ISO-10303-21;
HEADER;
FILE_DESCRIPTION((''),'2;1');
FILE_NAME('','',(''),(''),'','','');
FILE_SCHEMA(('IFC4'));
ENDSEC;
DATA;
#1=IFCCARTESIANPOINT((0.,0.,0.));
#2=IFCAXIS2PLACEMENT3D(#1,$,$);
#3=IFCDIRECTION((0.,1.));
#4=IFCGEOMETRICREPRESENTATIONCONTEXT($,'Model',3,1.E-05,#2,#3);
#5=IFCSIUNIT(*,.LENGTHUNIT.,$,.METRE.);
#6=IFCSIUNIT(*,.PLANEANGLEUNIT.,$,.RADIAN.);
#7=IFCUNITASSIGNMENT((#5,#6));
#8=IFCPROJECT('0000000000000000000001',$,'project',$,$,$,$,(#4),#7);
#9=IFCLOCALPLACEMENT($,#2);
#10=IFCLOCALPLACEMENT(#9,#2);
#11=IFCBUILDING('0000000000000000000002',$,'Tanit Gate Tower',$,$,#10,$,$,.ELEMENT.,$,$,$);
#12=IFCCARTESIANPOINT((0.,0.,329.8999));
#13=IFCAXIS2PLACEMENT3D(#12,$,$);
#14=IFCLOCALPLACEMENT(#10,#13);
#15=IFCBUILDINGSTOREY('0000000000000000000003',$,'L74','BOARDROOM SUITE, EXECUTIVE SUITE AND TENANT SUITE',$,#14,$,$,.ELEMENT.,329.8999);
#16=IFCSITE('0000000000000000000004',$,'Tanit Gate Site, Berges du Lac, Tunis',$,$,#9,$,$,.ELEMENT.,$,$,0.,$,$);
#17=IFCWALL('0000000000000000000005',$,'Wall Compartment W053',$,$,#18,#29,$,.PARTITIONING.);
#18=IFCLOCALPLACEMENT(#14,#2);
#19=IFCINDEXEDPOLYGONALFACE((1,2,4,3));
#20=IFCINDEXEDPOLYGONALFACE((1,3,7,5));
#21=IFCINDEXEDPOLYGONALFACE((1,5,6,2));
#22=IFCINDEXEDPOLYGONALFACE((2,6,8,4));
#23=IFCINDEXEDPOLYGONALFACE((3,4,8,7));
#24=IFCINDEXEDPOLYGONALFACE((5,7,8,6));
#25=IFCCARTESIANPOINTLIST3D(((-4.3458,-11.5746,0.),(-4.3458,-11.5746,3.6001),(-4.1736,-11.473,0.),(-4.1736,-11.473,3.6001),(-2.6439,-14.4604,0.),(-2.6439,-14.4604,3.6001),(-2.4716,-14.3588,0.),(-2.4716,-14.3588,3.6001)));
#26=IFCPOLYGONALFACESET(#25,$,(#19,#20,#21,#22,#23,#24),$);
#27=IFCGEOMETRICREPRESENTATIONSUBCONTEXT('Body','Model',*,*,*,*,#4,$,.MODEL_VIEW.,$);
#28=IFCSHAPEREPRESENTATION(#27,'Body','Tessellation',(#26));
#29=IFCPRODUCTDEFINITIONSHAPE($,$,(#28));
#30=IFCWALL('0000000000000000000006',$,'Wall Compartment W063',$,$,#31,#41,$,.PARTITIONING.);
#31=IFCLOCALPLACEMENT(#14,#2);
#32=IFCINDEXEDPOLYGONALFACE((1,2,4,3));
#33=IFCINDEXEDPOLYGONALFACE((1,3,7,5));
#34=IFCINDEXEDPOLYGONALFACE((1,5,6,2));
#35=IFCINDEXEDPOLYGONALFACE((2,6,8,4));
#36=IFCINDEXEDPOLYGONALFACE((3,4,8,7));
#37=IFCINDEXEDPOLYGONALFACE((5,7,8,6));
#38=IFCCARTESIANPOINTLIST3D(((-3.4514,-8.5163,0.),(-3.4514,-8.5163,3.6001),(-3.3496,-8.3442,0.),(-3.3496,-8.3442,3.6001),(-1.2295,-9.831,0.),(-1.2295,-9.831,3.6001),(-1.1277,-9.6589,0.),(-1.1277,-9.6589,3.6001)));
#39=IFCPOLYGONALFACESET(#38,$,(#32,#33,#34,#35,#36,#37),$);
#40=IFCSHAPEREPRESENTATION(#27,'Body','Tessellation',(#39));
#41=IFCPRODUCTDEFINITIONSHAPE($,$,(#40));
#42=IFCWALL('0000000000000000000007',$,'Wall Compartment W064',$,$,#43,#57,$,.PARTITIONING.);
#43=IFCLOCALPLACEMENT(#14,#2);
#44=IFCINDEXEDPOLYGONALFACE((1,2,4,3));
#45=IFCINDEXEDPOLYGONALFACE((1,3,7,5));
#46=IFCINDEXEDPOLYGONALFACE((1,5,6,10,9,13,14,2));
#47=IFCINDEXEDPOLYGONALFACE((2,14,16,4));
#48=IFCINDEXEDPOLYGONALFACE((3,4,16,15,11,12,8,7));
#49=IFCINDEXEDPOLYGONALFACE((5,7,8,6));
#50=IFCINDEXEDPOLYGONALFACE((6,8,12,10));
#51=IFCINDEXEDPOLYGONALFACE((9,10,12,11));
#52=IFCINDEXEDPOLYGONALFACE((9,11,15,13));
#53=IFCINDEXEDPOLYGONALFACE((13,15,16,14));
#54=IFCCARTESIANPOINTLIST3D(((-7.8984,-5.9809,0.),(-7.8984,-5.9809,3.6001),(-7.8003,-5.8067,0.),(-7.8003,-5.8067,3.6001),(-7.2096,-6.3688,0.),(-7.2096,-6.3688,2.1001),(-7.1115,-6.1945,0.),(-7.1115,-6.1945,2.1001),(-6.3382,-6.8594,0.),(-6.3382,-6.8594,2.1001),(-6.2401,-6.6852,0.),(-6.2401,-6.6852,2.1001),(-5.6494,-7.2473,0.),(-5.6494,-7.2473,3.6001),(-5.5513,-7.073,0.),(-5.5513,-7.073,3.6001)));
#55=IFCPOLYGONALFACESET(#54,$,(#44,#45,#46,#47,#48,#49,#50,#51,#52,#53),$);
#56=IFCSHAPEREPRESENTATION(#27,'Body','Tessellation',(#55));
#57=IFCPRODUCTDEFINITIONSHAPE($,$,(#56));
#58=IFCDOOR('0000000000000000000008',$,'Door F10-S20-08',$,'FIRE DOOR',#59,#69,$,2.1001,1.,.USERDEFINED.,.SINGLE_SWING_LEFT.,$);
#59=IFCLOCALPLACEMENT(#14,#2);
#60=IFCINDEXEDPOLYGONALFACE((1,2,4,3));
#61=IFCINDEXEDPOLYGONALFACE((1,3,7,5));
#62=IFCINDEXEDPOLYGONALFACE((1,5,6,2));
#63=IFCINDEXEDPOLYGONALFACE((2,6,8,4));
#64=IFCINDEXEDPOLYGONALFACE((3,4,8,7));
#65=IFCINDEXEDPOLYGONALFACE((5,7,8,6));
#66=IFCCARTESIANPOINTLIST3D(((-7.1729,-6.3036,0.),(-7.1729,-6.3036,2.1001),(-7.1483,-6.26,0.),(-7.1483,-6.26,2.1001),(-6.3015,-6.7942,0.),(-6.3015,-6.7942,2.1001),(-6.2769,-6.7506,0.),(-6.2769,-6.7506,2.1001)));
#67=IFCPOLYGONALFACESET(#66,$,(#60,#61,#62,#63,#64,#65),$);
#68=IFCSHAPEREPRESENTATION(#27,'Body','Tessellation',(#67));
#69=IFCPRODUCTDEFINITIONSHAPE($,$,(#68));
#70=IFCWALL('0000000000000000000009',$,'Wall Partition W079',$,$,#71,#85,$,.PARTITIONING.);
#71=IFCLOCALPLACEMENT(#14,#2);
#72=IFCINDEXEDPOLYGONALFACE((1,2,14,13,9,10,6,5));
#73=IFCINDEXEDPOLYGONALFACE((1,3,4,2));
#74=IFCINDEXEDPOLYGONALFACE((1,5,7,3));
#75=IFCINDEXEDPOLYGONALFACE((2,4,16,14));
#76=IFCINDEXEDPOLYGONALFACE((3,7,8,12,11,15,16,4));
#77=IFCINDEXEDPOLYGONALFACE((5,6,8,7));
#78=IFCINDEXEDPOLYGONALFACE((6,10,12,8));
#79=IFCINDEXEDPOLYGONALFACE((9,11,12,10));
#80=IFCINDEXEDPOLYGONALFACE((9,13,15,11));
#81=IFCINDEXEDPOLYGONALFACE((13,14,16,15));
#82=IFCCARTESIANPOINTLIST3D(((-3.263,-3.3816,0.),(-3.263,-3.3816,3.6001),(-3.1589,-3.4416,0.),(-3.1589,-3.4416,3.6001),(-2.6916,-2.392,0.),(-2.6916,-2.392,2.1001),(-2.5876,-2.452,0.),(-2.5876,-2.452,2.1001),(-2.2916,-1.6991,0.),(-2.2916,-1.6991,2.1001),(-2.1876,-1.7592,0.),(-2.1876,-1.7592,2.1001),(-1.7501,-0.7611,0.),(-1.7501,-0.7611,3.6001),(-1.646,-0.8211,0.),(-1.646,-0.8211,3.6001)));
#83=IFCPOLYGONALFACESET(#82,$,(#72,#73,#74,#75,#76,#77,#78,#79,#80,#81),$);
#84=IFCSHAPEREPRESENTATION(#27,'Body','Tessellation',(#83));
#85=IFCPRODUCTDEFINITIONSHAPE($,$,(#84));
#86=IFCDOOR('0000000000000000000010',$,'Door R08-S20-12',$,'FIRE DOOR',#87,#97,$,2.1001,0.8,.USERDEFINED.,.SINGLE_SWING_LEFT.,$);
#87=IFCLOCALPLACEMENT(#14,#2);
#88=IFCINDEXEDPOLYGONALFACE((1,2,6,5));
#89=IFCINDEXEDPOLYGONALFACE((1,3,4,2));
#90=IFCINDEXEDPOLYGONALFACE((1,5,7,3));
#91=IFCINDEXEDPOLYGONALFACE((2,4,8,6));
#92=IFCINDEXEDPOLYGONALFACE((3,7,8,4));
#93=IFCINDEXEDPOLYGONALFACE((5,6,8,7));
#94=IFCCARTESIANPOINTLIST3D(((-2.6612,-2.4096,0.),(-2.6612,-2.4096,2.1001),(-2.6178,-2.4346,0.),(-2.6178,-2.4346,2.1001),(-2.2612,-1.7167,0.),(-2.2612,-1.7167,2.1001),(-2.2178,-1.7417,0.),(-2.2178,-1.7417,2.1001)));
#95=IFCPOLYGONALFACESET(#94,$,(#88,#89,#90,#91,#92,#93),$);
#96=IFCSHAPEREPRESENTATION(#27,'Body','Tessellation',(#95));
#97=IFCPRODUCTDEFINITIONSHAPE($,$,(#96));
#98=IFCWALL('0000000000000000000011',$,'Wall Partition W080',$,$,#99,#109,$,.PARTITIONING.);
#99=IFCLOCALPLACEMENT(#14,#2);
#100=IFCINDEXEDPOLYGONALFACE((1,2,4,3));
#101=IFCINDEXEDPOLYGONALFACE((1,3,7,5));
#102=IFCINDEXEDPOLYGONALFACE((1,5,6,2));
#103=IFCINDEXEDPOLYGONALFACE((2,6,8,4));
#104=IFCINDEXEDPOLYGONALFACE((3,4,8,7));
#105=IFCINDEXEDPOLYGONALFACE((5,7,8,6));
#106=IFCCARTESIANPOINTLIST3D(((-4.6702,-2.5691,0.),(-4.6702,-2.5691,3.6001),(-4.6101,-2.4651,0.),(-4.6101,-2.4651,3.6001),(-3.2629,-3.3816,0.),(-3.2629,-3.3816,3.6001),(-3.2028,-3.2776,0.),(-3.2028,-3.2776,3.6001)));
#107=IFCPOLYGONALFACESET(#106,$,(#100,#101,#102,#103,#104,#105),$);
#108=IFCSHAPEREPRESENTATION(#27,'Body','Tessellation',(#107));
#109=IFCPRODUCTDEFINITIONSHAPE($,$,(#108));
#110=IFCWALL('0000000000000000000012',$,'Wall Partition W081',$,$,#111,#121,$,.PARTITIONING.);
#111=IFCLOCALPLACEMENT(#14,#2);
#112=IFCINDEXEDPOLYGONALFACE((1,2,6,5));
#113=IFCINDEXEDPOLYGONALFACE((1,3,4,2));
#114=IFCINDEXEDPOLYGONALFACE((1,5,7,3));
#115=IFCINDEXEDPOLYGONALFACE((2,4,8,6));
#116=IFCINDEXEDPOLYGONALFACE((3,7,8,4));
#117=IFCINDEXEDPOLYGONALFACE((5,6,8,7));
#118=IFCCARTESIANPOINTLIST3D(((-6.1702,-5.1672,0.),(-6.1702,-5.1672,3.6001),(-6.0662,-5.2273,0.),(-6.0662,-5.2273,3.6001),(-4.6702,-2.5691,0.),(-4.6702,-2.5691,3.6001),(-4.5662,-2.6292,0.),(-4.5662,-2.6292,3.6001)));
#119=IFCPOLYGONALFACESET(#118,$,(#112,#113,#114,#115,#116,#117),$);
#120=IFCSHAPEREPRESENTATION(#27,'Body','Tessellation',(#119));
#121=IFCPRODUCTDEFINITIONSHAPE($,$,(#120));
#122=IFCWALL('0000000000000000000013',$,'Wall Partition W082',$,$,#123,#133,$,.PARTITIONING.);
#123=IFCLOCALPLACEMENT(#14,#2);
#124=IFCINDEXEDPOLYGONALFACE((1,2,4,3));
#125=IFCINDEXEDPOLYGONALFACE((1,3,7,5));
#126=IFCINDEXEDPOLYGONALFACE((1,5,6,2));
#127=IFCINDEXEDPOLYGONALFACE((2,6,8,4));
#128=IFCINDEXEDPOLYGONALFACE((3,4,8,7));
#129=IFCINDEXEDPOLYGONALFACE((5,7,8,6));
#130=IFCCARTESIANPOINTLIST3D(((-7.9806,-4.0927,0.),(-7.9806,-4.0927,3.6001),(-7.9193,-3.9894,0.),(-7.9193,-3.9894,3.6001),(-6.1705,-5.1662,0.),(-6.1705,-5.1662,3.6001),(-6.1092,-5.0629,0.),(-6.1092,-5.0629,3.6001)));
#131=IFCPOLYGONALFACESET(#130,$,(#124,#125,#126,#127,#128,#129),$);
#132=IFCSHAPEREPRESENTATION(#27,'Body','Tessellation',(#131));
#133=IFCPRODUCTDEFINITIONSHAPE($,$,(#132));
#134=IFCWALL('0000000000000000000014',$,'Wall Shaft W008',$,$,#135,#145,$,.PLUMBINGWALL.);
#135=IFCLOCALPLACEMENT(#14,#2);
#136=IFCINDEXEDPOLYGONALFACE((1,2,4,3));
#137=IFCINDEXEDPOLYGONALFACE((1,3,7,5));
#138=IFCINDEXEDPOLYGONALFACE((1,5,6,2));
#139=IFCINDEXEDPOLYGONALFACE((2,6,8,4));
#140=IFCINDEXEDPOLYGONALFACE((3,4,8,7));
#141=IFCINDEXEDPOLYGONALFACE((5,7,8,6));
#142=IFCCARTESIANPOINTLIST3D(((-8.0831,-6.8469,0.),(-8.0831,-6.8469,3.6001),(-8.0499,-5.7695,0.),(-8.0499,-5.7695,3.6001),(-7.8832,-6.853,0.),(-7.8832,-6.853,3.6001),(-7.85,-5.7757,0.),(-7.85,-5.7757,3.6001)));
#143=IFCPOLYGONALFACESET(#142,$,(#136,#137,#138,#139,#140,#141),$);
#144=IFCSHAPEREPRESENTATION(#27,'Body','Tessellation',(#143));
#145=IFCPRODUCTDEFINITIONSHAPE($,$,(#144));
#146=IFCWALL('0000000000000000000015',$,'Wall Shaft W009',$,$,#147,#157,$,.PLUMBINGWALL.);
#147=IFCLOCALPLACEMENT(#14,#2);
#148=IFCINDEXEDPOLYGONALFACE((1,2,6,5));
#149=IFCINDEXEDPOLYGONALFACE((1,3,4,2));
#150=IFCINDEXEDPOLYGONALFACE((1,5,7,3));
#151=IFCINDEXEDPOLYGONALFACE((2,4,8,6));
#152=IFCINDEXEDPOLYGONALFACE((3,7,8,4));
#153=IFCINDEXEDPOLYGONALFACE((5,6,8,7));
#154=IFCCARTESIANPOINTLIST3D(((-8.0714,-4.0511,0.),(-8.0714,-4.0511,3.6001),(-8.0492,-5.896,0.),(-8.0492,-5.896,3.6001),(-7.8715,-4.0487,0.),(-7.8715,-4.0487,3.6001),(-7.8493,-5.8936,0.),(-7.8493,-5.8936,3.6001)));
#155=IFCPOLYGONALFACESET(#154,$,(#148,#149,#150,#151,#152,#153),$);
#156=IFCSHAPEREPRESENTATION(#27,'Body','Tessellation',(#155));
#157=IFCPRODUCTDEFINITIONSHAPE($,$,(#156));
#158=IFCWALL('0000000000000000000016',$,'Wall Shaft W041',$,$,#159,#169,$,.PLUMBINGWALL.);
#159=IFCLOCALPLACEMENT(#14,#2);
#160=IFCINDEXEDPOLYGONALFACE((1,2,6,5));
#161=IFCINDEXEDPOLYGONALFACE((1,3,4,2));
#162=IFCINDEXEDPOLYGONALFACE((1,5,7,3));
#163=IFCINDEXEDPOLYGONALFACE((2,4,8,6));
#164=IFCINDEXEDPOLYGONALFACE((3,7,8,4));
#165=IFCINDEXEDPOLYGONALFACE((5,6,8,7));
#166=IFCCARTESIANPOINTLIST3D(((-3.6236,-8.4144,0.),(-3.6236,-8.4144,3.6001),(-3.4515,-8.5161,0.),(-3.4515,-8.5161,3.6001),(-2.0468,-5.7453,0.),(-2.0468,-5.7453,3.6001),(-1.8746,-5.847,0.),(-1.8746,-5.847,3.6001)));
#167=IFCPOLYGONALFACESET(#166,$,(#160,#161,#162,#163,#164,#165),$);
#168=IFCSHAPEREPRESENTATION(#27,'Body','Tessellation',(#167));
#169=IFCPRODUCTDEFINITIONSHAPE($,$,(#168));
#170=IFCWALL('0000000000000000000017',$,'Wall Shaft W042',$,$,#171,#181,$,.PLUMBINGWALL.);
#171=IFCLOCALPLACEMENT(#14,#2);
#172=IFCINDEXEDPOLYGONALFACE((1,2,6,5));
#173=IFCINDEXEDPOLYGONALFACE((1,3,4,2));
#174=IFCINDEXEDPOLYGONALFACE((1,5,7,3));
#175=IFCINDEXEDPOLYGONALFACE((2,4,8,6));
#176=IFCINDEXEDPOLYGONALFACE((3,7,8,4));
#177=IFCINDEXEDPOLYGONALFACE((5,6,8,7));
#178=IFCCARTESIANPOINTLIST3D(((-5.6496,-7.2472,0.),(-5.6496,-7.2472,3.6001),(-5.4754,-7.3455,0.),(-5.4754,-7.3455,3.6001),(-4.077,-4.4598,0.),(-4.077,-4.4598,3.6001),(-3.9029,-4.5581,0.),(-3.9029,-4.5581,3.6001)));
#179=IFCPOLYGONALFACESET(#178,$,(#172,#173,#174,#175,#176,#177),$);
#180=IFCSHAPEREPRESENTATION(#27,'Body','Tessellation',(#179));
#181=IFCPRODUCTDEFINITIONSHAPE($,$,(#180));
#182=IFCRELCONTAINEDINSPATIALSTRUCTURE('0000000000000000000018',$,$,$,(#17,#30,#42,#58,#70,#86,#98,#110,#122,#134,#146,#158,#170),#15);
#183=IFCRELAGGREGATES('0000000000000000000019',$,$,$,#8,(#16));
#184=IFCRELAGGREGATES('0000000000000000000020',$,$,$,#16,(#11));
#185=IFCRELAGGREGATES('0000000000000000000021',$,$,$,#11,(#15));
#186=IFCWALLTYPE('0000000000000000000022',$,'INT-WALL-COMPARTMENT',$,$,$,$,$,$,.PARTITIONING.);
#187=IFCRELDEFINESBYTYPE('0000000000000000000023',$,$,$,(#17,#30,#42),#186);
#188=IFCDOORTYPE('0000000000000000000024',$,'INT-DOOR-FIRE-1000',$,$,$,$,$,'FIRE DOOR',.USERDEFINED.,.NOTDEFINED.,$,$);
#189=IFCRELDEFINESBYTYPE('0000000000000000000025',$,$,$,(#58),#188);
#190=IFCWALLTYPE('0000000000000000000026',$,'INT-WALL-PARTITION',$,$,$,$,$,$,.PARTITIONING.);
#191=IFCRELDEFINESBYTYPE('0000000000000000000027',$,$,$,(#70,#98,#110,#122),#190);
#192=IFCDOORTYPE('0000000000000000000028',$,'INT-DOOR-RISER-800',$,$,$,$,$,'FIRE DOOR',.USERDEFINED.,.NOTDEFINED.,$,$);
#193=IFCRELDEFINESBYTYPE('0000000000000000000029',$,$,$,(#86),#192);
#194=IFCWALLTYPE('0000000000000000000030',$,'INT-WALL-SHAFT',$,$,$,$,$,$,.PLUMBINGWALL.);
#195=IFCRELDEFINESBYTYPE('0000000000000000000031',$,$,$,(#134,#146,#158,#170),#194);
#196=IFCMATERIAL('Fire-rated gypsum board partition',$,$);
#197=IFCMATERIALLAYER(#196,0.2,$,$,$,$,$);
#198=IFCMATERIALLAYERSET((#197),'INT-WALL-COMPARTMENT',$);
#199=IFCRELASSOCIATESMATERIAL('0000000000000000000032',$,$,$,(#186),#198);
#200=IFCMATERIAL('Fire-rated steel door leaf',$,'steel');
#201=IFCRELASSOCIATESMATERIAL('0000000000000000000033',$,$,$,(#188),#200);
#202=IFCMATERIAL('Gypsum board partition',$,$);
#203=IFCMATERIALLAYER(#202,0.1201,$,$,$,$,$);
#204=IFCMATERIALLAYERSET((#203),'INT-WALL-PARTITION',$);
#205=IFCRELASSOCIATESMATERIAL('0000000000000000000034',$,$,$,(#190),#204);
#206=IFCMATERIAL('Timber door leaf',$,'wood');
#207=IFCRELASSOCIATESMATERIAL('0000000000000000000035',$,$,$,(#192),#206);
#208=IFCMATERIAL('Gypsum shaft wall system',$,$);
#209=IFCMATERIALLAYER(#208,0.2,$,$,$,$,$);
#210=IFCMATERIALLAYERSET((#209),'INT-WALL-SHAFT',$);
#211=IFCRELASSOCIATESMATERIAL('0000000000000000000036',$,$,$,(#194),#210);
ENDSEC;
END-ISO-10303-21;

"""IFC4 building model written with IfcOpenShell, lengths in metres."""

from ifc_helpers import new_model, si_unit, direction, frame, frame_2d, origin, place, context, subcontext, project, spatial, rectangle, extrude, material, layer, layer_set, type_object, element, fill, save


model = new_model("IFC4")

# Units and contexts
model_context = context("Model", 3, precision=1e-05, world=origin(), true_north=direction((0.0, 1.0)))
body_context = subcontext(model_context, "Body", "Model", "MODEL_VIEW")
ifc_project = project(units=[si_unit("LENGTHUNIT", "METRE"), si_unit("PLANEANGLEUNIT", "RADIAN")], contexts=[model_context])

# Site, building, storey
site_placement = place(None, origin())
site = spatial("IfcSite", under=ifc_project, at=site_placement, Name="Tanit Gate Site, Berges du Lac, Tunis", CompositionType="ELEMENT", RefElevation=0.0)
building_placement = place(site_placement, origin())
building = spatial("IfcBuilding", under=site, at=building_placement, Name="Tanit Gate Tower", CompositionType="ELEMENT")
storey_placement = place(building_placement, frame((0.0, 0.0, 329.8999)))
storey = spatial("IfcBuildingStorey", under=building, at=storey_placement, Name="L74", Description="BOARDROOM SUITE, EXECUTIVE SUITE AND TENANT SUITE", CompositionType="ELEMENT", Elevation=329.8999)

# Walls
ifc_material_1 = material(Name="Fire-rated gypsum board partition")
ifc_layer_1 = layer(ifc_material_1, 0.2)
ifc_layer_set_1 = layer_set([ifc_layer_1], Name="INT-WALL-COMPARTMENT")
wall_type_1 = type_object("IfcWallType", Name="INT-WALL-COMPARTMENT", PredefinedType="PARTITIONING", material=ifc_layer_set_1)
wall_1_placement = place(storey_placement, frame((-4.2598, -11.5237, 0.0), z_axis=(0.0, 0.0, 1.0), x_axis=(0.507997, -0.861359, 0.0)))
element("IfcWall", 1, at=wall_1_placement, inside=storey, type_object=wall_type_1, Name="Wall Compartment W053", PredefinedType="PARTITIONING", context=body_context, shape_type="SweptSolid", body=[
    extrude(rectangle(XDim=3.3503, YDim=0.2, at=frame_2d((1.6753, 0.0))), origin(), (0.0, 0.0, 1.0), 3.6001),
])
wall_2_placement = place(storey_placement, frame((-3.4006, -8.4302, 0.0), z_axis=(0.0, 0.0, 1.0), x_axis=(0.860631, -0.509229, 0.0)))
element("IfcWall", 2, at=wall_2_placement, inside=storey, type_object=wall_type_1, Name="Wall Compartment W063", PredefinedType="PARTITIONING", context=body_context, shape_type="SweptSolid", body=[
    extrude(rectangle(XDim=2.5818, YDim=0.2, at=frame_2d((1.291, 0.0))), origin(), (0.0, 0.0, 1.0), 3.6001),
])

# Walls, openings, doors
wall_3_placement = place(storey_placement, frame((-7.8494, -5.8938, 0.0), z_axis=(0.0, 0.0, 1.0), x_axis=(0.871363, -0.490638, 0.0)))
wall_3 = element("IfcWall", 3, at=wall_3_placement, inside=storey, type_object=wall_type_1, Name="Wall Compartment W064", PredefinedType="PARTITIONING", context=body_context, shape_type="SweptSolid", body=[
    extrude(rectangle(XDim=2.5811, YDim=0.2, at=frame_2d((1.2905, 0.0))), origin(), (0.0, 0.0, 1.0), 3.6001),
])
opening_1_placement = place(wall_3_placement, frame((0.7905, 0.0, 0.0)))
opening_1 = element("IfcOpeningElement", 4, at=opening_1_placement, cuts=wall_3, PredefinedType="OPENING", context=body_context, shape_type="SweptSolid", body=[
    extrude(rectangle(XDim=1.0, YDim=2.1001, at=frame_2d((0.5, 1.05))), frame((0.0, 0.1099, 0.0), z_axis=(0.0, -1.0, 0.0), x_axis=(1.0, 0.0, 0.0)), (0.0, 0.0, 1.0), 0.22),
])
ifc_material_2 = material(Name="Fire-rated steel door leaf", Category="steel")
door_type_1 = type_object("IfcDoorType", Name="INT-DOOR-FIRE-1000", ElementType="FIRE DOOR", OperationType="NOTDEFINED", PredefinedType="USERDEFINED", material=ifc_material_2)
door_1_placement = place(opening_1_placement, origin())
door_1 = element("IfcDoor", 5, at=door_1_placement, inside=storey, type_object=door_type_1, Name="Door F10-S20-08", ObjectType="FIRE DOOR", OperationType="SINGLE_SWING_LEFT", OverallHeight=2.1001, OverallWidth=1.0, PredefinedType="USERDEFINED", context=body_context, shape_type="SweptSolid", body=[
    extrude(rectangle(XDim=1.0, YDim=2.1001, at=frame_2d((0.5, 1.05))), frame((0.0, 0.0249, 0.0), z_axis=(0.0, -1.0, 0.0), x_axis=(1.0, 0.0, 0.0)), (0.0, 0.0, 1.0), 0.05),
])
fill(opening_1, door_1)
ifc_material_3 = material(Name="Gypsum board partition")
ifc_layer_2 = layer(ifc_material_3, 0.1201)
ifc_layer_set_2 = layer_set([ifc_layer_2], Name="INT-WALL-PARTITION")
wall_type_2 = type_object("IfcWallType", Name="INT-WALL-PARTITION", PredefinedType="PARTITIONING", material=ifc_layer_set_2)
wall_4_placement = place(storey_placement, frame((-3.2109, -3.4116, 0.0), z_axis=(0.0, 0.0, 1.0), x_axis=(0.499983, 0.866035, 0.0)))
wall_4 = element("IfcWall", 6, at=wall_4_placement, inside=storey, type_object=wall_type_2, Name="Wall Partition W079", PredefinedType="PARTITIONING", context=body_context, shape_type="SweptSolid", body=[
    extrude(rectangle(XDim=3.0259, YDim=0.1201, at=frame_2d((1.5129, 0.0))), origin(), (0.0, 0.0, 1.0), 3.6001),
])
opening_2_placement = place(wall_4_placement, frame((1.1428, 0.0, 0.0)))
opening_2 = element("IfcOpeningElement", 7, at=opening_2_placement, cuts=wall_4, PredefinedType="OPENING", context=body_context, shape_type="SweptSolid", body=[
    extrude(rectangle(XDim=0.8, YDim=2.1001, at=frame_2d((0.3999, 1.05))), frame((0.0, 0.0701, 0.0), z_axis=(0.0, -1.0, 0.0), x_axis=(1.0, 0.0, 0.0)), (0.0, 0.0, 1.0), 0.1401),
])
ifc_material_4 = material(Name="Timber door leaf", Category="wood")
door_type_2 = type_object("IfcDoorType", Name="INT-DOOR-RISER-800", ElementType="FIRE DOOR", OperationType="NOTDEFINED", PredefinedType="USERDEFINED", material=ifc_material_4)
door_2_placement = place(opening_2_placement, origin())
door_2 = element("IfcDoor", 8, at=door_2_placement, inside=storey, type_object=door_type_2, Name="Door R08-S20-12", ObjectType="FIRE DOOR", OperationType="SINGLE_SWING_LEFT", OverallHeight=2.1001, OverallWidth=0.8, PredefinedType="USERDEFINED", context=body_context, shape_type="SweptSolid", body=[
    extrude(rectangle(XDim=0.8, YDim=2.1001, at=frame_2d((0.3999, 1.05))), frame((0.0, 0.0249, 0.0), z_axis=(0.0, -1.0, 0.0), x_axis=(1.0, 0.0, 0.0)), (0.0, 0.0, 1.0), 0.05),
])
fill(opening_2, door_2)

# Walls
wall_5_placement = place(storey_placement, frame((-4.6401, -2.5171, 0.0), z_axis=(0.0, 0.0, 1.0), x_axis=(0.866015, -0.500017, 0.0)))
element("IfcWall", 9, at=wall_5_placement, inside=storey, type_object=wall_type_2, Name="Wall Partition W080", PredefinedType="PARTITIONING", context=body_context, shape_type="SweptSolid", body=[
    extrude(rectangle(XDim=1.625, YDim=0.1201, at=frame_2d((0.8125, 0.0))), origin(), (0.0, 0.0, 1.0), 3.6001),
])
wall_6_placement = place(storey_placement, frame((-6.1182, -5.1973, 0.0), z_axis=(0.0, 0.0, 1.0), x_axis=(0.49999, 0.866031, 0.0)))
element("IfcWall", 10, at=wall_6_placement, inside=storey, type_object=wall_type_2, Name="Wall Partition W081", PredefinedType="PARTITIONING", context=body_context, shape_type="SweptSolid", body=[
    extrude(rectangle(XDim=3.0, YDim=0.1201, at=frame_2d((1.5, 0.0))), origin(), (0.0, 0.0, 1.0), 3.6001),
])
wall_7_placement = place(storey_placement, frame((-7.95, -4.041, 0.0), z_axis=(0.0, 0.0, 1.0), x_axis=(0.860112, -0.510104, 0.0)))
element("IfcWall", 11, at=wall_7_placement, inside=storey, type_object=wall_type_2, Name="Wall Partition W082", PredefinedType="PARTITIONING", context=body_context, shape_type="SweptSolid", body=[
    extrude(rectangle(XDim=2.1045, YDim=0.1201, at=frame_2d((1.0522, 0.0))), origin(), (0.0, 0.0, 1.0), 3.6001),
])
ifc_material_5 = material(Name="Gypsum shaft wall system")
ifc_layer_3 = layer(ifc_material_5, 0.2)
ifc_layer_set_3 = layer_set([ifc_layer_3], Name="INT-WALL-SHAFT")
wall_type_3 = type_object("IfcWallType", Name="INT-WALL-SHAFT", PredefinedType="PLUMBINGWALL", material=ifc_layer_set_3)
wall_8_placement = place(storey_placement, frame((-7.95, -5.7725, 0.0), z_axis=(0.0, 0.0, 1.0), x_axis=(-0.030803, -0.999525, 0.0)))
element("IfcWall", 12, at=wall_8_placement, inside=storey, type_object=wall_type_3, Name="Wall Shaft W008", PredefinedType="PLUMBINGWALL", context=body_context, shape_type="SweptSolid", body=[
    extrude(rectangle(XDim=1.0779, YDim=0.2, at=frame_2d((0.5391, 0.0))), origin(), (0.0, 0.0, 1.0), 3.6001),
])
wall_9_placement = place(storey_placement, frame((-7.9714, -4.05, 0.0), z_axis=(0.0, 0.0, 1.0), x_axis=(0.012043, -0.999927, 0.0)))
element("IfcWall", 13, at=wall_9_placement, inside=storey, type_object=wall_type_3, Name="Wall Shaft W009", PredefinedType="PLUMBINGWALL", context=body_context, shape_type="SweptSolid", body=[
    extrude(rectangle(XDim=1.845, YDim=0.2, at=frame_2d((0.9224, 0.0))), origin(), (0.0, 0.0, 1.0), 3.6001),
])

# Walls
wall_10_placement = place(storey_placement, frame((-1.9607, -5.7961, 0.0), z_axis=(0.0, 0.0, 1.0), x_axis=(-0.508647, -0.860975, 0.0)))
element("IfcWall", 14, at=wall_10_placement, inside=storey, type_object=wall_type_3, Name="Wall Shaft W041", PredefinedType="PLUMBINGWALL", context=body_context, shape_type="SweptSolid", body=[
    extrude(rectangle(XDim=3.1001, YDim=0.2, at=frame_2d((1.55, 0.0))), origin(), (0.0, 0.0, 1.0), 3.6001),
])
wall_11_placement = place(storey_placement, frame((-3.99, -4.509, 0.0), z_axis=(0.0, 0.0, 1.0), x_axis=(-0.491358, -0.870958, 0.0)))
element("IfcWall", 15, at=wall_11_placement, inside=storey, type_object=wall_type_3, Name="Wall Shaft W042", PredefinedType="PLUMBINGWALL", context=body_context, shape_type="SweptSolid", body=[
    extrude(rectangle(XDim=3.2004, YDim=0.2, at=frame_2d((1.6001, 0.0))), origin(), (0.0, 0.0, 1.0), 3.6001),
])

save(model, "model.ifc")
